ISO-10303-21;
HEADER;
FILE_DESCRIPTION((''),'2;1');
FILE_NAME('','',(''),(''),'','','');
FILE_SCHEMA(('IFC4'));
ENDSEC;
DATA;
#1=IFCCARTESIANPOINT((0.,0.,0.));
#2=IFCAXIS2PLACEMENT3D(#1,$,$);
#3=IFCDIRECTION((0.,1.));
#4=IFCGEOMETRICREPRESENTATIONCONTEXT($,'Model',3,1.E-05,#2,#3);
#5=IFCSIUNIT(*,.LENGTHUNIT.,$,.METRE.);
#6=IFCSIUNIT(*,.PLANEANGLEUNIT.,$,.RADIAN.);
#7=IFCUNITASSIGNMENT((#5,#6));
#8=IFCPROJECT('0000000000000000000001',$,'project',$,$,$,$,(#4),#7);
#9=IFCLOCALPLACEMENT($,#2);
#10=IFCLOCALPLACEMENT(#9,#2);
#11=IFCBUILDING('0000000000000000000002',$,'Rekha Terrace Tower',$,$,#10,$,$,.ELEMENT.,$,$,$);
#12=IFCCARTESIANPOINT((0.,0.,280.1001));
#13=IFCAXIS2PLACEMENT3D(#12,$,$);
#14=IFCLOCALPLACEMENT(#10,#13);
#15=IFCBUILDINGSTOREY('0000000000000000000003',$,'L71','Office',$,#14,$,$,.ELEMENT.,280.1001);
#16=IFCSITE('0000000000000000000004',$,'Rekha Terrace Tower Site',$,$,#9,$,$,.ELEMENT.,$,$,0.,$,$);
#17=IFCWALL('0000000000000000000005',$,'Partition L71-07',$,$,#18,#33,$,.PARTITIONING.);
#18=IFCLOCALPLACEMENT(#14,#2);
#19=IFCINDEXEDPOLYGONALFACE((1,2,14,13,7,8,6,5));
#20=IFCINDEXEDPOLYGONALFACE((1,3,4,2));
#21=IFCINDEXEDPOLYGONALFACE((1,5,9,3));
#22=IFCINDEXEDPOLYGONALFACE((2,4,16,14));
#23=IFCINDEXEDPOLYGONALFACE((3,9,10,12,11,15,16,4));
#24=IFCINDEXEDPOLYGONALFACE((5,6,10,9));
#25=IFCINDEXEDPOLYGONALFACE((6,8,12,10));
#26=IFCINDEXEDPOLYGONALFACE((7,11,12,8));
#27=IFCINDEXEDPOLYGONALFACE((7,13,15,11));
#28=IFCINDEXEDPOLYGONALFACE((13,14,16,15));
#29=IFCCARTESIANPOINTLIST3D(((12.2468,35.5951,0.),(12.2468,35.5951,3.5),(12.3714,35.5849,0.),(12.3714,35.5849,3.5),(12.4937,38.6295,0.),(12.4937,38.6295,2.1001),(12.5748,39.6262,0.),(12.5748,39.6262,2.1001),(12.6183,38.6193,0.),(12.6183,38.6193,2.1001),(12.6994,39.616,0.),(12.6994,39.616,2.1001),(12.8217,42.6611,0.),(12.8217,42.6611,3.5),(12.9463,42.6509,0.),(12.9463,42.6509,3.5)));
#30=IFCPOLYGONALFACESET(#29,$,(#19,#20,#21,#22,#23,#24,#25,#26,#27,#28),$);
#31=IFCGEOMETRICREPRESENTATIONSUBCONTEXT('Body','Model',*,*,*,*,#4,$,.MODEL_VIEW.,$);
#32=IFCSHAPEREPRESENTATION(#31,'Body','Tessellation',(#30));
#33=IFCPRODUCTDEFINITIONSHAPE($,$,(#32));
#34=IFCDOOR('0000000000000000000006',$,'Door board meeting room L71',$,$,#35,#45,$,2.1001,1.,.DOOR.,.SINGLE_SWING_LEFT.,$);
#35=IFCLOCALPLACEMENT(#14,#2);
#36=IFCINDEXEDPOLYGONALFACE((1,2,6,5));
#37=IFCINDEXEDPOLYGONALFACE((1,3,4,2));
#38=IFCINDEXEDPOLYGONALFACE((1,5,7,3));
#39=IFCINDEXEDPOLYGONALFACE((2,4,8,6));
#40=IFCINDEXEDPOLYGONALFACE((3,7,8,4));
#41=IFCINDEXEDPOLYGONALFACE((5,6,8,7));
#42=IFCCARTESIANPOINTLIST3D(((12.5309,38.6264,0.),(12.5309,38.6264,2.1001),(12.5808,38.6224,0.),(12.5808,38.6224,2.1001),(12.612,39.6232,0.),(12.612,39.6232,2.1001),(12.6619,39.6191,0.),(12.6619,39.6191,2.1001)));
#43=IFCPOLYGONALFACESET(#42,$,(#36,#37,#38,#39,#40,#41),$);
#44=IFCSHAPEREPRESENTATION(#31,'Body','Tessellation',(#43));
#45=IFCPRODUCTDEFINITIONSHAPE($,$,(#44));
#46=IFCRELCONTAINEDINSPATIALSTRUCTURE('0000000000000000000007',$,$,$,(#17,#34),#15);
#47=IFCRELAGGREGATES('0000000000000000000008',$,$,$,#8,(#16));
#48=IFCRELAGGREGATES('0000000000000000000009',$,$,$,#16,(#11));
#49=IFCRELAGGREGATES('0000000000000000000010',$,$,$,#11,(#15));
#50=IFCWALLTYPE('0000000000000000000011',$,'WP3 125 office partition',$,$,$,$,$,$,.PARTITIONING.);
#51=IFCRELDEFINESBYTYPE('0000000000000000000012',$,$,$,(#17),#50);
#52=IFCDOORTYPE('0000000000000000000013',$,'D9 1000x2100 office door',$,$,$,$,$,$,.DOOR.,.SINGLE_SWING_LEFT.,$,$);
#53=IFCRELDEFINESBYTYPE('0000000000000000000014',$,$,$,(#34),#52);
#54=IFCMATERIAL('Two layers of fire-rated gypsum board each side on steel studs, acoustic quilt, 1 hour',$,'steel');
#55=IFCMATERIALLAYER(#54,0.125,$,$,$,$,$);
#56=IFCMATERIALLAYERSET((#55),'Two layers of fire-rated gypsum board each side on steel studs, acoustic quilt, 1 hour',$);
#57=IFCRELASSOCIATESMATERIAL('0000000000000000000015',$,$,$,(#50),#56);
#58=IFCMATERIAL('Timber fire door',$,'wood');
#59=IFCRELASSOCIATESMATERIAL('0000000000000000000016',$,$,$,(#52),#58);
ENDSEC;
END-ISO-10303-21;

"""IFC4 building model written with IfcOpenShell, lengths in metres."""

from ifc_helpers import new_model, si_unit, direction, frame, frame_2d, origin, place, context, subcontext, project, spatial, rectangle, extrude, material, layer, layer_set, type_object, element, fill, save


model = new_model("IFC4")

# Units and contexts
model_context = context("Model", 3, precision=1e-05, world=origin(), true_north=direction((0.0, 1.0)))
body_context = subcontext(model_context, "Body", "Model", "MODEL_VIEW")
ifc_project = project(units=[si_unit("LENGTHUNIT", "METRE"), si_unit("PLANEANGLEUNIT", "RADIAN")], contexts=[model_context])

# Site, building, storey
site_placement = place(None, origin())
site = spatial("IfcSite", under=ifc_project, at=site_placement, Name="Rekha Terrace Tower Site", CompositionType="ELEMENT", RefElevation=0.0)
building_placement = place(site_placement, origin())
building = spatial("IfcBuilding", under=site, at=building_placement, Name="Rekha Terrace Tower", CompositionType="ELEMENT")
storey_placement = place(building_placement, frame((0.0, 0.0, 280.1001)))
storey = spatial("IfcBuildingStorey", under=building, at=storey_placement, Name="L71", Description="Office", CompositionType="ELEMENT", Elevation=280.1001)

# Shared definitions
ifc_material_1 = material(Name="Two layers of fire-rated gypsum board each side on steel studs, acoustic quilt, 1 hour", Category="steel")
ifc_layer_1 = layer(ifc_material_1, 0.125)
ifc_layer_set_1 = layer_set([ifc_layer_1], Name="Two layers of fire-rated gypsum board each side on steel studs, acoustic quilt, 1 hour")
wall_type = type_object("IfcWallType", Name="WP3 125 office partition", PredefinedType="PARTITIONING", material=ifc_layer_set_1)

# Wall, opening, door
wall_1_placement = place(storey_placement, frame((12.884, 42.656, 0.0), z_axis=(0.0, 0.0, 1.0), x_axis=(-0.081102, -0.996706, 0.0)))
wall_1 = element("IfcWall", 1, at=wall_1_placement, inside=storey, type_object=wall_type, Name="Partition L71-07", PredefinedType="PARTITIONING", context=body_context, shape_type="SweptSolid", body=[
    extrude(rectangle(XDim=7.0894, YDim=0.125, at=frame_2d((3.5447, 0.0))), origin(), (0.0, 0.0, 1.0), 3.5),
])
opening_placement = place(wall_1_placement, frame((3.0449, 0.0, 0.0)))
opening = element("IfcOpeningElement", 2, at=opening_placement, cuts=wall_1, PredefinedType="OPENING", context=body_context, shape_type="SweptSolid", body=[
    extrude(rectangle(XDim=1.0, YDim=2.1001, at=frame_2d((0.5, 1.05))), frame((0.0, 0.0725, 0.0), z_axis=(0.0, -1.0, 0.0), x_axis=(1.0, 0.0, 0.0)), (0.0, 0.0, 1.0), 0.145),
])
ifc_material_2 = material(Name="Timber fire door", Category="wood")
door_type = type_object("IfcDoorType", Name="D9 1000x2100 office door", OperationType="SINGLE_SWING_LEFT", PredefinedType="DOOR", material=ifc_material_2)
door_placement = place(opening_placement, origin())
door = element("IfcDoor", 3, at=door_placement, inside=storey, type_object=door_type, Name="Door board meeting room L71", OperationType="SINGLE_SWING_LEFT", OverallHeight=2.1001, OverallWidth=1.0, PredefinedType="DOOR", context=body_context, shape_type="SweptSolid", body=[
    extrude(rectangle(XDim=1.0, YDim=2.1001, at=frame_2d((0.5, 1.05))), frame((0.0, 0.0249, 0.0), z_axis=(0.0, -1.0, 0.0), x_axis=(1.0, 0.0, 0.0)), (0.0, 0.0, 1.0), 0.05),
])
fill(opening, door)

save(model, "model.ifc")
